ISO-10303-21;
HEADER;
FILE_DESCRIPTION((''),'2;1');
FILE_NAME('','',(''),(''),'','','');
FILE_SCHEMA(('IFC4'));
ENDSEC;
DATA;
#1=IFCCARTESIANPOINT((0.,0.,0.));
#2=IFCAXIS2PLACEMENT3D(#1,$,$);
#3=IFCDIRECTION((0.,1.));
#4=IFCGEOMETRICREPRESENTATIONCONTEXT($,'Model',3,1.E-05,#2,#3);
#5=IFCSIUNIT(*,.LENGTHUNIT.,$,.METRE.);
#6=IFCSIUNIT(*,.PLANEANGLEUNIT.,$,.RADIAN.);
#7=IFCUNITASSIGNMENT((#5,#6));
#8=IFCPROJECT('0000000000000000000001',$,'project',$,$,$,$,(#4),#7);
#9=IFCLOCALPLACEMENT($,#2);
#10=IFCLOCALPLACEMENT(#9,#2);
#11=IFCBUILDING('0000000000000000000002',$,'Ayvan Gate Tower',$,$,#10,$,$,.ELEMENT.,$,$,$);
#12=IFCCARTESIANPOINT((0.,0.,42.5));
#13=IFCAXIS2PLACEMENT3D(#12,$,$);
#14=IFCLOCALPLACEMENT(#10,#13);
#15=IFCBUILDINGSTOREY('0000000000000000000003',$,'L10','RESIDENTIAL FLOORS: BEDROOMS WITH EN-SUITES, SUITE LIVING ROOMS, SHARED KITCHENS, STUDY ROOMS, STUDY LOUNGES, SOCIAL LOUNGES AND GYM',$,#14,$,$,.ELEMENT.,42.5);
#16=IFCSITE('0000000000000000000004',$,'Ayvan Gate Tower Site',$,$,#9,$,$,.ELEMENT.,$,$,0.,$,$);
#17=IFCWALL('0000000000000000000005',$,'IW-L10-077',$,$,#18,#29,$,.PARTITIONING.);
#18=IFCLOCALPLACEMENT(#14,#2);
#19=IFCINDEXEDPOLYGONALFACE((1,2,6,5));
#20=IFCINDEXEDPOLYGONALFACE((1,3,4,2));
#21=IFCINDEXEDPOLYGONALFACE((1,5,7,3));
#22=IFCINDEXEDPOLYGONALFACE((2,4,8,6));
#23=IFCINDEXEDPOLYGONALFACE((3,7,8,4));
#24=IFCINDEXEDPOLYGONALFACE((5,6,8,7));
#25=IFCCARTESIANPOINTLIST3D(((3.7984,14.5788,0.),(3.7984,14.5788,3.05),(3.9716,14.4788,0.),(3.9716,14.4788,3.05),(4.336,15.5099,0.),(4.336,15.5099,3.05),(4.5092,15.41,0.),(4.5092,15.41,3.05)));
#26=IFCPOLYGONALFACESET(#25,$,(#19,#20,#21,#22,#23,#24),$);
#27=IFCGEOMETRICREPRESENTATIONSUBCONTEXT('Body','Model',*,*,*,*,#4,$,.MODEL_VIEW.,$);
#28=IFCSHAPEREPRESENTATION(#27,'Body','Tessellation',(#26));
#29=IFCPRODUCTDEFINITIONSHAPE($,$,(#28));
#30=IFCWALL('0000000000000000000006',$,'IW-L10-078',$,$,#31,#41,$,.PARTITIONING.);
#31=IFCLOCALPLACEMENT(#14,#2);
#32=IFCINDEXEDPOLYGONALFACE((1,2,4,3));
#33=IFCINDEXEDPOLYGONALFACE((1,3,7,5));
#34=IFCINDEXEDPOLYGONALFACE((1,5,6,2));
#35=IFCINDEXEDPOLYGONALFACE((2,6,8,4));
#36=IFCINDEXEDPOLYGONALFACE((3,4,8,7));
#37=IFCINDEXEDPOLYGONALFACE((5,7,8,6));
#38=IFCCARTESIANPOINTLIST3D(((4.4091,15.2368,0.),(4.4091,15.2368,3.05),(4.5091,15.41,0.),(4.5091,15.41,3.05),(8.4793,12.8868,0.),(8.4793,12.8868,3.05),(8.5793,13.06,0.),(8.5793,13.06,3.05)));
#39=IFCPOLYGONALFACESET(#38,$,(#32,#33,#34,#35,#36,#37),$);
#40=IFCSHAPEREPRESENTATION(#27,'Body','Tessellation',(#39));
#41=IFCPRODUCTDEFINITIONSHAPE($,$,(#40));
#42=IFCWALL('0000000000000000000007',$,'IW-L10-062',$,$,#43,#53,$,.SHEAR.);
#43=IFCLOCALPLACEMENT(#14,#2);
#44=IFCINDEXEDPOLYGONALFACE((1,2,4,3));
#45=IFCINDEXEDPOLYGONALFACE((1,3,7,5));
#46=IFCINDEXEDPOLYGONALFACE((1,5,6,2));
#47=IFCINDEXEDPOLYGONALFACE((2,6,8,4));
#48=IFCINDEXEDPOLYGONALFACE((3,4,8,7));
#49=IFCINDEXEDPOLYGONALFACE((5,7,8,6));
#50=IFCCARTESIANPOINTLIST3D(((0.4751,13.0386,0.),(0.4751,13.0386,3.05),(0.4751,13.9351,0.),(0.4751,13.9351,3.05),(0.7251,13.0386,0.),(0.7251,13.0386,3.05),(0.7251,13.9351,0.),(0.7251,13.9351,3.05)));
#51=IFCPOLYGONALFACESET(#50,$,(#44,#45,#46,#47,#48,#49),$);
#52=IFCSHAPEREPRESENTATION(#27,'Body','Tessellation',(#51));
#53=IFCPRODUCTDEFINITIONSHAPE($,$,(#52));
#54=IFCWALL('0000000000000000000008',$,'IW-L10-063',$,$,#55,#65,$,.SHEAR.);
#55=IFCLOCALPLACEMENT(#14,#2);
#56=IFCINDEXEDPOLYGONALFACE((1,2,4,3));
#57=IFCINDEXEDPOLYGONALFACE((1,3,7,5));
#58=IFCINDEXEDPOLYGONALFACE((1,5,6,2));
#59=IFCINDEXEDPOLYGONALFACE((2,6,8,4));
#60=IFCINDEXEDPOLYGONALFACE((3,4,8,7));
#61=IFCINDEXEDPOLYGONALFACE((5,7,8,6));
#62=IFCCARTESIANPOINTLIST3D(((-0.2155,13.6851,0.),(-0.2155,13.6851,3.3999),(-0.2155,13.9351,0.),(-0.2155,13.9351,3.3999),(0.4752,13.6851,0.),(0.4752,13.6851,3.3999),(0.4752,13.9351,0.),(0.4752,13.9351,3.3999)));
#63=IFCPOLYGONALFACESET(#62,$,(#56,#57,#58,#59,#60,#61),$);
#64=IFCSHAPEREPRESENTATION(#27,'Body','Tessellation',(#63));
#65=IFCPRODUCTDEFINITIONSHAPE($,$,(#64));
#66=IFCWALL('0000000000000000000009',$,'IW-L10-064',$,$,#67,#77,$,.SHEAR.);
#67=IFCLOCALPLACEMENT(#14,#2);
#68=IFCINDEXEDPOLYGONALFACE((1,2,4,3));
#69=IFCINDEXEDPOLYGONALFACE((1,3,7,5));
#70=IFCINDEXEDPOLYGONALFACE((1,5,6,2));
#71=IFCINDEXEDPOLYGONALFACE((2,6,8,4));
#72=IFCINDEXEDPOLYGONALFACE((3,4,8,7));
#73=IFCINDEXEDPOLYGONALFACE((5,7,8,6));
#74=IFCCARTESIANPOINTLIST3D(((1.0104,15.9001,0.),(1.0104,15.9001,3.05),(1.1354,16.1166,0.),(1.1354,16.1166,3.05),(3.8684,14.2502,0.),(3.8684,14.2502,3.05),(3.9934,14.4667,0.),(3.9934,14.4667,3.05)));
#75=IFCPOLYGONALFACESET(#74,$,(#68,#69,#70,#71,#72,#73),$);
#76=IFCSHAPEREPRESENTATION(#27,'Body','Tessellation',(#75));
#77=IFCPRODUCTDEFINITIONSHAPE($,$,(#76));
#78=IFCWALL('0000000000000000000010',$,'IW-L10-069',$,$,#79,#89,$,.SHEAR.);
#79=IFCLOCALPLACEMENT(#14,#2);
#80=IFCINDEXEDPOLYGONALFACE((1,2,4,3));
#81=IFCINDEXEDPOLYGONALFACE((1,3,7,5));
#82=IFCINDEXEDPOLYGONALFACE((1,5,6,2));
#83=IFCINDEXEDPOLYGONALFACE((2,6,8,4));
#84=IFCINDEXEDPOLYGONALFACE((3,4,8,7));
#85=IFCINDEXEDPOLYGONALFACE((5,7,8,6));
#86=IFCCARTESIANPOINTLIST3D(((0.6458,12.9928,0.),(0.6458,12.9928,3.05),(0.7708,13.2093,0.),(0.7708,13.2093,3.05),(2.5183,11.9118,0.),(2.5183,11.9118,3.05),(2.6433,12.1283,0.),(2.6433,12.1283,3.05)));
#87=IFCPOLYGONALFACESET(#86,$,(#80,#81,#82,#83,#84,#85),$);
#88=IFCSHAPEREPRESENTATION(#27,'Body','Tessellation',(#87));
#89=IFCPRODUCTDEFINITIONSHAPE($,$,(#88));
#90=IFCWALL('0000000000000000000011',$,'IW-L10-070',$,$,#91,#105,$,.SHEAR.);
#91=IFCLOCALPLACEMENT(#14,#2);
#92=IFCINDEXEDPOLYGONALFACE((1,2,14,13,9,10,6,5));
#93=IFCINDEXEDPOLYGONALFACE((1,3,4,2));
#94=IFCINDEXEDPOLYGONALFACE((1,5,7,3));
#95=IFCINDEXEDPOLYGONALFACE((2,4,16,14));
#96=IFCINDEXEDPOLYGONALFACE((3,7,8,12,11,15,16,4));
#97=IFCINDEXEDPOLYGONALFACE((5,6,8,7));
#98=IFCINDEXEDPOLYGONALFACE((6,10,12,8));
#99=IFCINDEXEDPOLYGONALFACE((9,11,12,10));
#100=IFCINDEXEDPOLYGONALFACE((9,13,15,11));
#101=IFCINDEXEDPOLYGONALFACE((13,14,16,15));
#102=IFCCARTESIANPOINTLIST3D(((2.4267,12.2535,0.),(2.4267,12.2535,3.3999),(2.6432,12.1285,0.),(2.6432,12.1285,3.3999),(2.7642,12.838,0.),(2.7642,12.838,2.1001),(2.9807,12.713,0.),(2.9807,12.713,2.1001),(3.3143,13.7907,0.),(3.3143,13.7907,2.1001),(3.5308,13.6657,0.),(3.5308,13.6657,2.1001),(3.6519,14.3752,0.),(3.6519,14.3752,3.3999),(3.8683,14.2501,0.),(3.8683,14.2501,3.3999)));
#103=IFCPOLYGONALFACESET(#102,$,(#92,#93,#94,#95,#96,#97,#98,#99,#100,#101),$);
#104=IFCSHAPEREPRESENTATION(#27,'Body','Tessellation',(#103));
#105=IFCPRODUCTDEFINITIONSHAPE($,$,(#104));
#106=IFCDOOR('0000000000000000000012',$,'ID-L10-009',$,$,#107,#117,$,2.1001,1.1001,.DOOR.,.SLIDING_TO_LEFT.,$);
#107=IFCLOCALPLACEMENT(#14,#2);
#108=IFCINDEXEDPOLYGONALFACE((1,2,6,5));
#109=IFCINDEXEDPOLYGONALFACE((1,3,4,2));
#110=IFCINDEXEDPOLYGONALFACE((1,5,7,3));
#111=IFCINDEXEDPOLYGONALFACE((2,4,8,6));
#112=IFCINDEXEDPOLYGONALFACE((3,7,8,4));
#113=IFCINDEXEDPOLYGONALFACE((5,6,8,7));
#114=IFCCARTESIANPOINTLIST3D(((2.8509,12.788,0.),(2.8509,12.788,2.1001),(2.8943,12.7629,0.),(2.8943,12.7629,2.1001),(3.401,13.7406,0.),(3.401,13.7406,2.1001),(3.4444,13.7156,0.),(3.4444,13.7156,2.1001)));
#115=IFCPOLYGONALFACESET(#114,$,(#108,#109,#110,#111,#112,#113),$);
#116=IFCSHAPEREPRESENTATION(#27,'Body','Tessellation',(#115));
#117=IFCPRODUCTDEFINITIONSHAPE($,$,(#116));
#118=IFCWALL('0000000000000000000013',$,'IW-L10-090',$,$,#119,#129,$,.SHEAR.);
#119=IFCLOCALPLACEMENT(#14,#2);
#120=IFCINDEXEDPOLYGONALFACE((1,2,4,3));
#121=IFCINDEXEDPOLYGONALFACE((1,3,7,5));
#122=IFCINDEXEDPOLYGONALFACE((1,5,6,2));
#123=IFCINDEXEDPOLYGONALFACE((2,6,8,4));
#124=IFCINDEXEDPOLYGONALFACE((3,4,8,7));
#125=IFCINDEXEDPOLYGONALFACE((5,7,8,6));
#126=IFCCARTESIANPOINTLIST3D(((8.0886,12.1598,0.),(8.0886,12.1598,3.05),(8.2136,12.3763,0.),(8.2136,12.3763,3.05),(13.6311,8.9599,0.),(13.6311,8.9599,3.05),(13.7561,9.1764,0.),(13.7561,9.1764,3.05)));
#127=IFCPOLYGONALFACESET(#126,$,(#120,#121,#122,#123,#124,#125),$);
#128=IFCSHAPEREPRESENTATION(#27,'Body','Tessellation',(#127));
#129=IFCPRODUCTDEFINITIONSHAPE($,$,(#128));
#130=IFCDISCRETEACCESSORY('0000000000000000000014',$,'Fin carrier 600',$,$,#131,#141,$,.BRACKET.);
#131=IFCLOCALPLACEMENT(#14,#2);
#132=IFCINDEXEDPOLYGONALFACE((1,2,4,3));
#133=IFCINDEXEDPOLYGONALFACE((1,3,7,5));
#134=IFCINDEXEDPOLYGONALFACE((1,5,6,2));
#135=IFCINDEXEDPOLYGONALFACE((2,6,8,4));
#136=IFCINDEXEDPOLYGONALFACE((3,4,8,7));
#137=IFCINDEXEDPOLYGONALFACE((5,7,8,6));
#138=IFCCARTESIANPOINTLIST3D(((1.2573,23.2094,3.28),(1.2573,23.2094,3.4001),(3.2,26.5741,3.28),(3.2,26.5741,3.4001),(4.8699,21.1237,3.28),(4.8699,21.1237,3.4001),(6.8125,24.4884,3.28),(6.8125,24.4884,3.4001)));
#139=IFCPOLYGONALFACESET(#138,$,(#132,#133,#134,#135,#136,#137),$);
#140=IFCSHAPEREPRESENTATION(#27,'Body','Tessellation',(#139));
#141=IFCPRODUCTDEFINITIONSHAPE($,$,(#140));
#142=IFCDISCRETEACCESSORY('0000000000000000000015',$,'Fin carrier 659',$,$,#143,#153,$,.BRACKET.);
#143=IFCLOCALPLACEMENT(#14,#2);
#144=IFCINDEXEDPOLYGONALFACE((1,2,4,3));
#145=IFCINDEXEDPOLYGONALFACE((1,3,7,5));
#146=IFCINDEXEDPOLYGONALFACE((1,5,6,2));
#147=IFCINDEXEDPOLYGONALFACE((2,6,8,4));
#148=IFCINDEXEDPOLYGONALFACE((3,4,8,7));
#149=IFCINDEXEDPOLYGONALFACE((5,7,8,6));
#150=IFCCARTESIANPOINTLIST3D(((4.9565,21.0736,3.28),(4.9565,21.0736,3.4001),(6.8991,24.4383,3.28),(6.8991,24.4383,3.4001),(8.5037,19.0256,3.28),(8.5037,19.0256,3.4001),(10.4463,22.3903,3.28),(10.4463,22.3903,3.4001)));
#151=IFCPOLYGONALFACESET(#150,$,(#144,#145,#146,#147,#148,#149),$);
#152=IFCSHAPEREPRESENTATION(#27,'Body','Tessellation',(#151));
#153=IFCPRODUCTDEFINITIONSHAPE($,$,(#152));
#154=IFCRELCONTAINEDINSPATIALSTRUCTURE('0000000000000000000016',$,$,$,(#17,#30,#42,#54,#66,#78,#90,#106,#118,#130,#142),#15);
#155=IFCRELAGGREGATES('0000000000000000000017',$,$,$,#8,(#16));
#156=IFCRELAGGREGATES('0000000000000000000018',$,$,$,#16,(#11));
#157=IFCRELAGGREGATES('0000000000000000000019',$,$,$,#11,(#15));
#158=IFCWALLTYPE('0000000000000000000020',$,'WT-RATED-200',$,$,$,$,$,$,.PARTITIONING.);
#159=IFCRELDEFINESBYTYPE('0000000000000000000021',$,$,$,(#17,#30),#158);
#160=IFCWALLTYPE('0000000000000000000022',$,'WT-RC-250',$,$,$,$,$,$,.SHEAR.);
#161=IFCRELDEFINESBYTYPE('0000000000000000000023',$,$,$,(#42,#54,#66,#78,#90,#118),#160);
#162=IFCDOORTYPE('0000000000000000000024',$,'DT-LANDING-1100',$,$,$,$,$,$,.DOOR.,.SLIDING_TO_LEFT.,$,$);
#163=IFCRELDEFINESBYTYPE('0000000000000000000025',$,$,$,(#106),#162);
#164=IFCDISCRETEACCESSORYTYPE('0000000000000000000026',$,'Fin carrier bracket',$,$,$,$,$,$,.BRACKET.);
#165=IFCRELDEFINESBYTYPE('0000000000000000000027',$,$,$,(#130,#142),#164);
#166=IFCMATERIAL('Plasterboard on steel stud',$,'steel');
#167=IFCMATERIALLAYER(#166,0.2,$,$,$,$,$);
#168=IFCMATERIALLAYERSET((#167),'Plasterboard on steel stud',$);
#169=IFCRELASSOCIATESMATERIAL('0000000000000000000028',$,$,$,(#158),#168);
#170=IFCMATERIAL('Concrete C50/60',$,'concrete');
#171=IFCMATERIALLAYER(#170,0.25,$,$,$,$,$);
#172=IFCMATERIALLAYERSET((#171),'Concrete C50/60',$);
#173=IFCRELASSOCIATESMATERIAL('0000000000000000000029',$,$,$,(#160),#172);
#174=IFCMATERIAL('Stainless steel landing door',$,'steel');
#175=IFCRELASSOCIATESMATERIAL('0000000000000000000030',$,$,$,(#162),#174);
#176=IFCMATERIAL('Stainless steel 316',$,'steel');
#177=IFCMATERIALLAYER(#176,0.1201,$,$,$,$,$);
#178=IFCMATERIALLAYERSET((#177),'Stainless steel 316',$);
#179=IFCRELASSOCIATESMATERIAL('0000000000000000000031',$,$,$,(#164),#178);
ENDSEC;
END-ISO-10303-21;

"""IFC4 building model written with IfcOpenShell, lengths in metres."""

from ifc_helpers import new_model, si_unit, direction, frame, frame_2d, origin, origin_2d, place, context, subcontext, project, spatial, rectangle, extrude, material, layer, layer_set, type_object, element, fill, save


model = new_model("IFC4")

# Units and contexts
model_context = context("Model", 3, precision=1e-05, world=origin(), true_north=direction((0.0, 1.0)))
body_context = subcontext(model_context, "Body", "Model", "MODEL_VIEW")
ifc_project = project(units=[si_unit("LENGTHUNIT", "METRE"), si_unit("PLANEANGLEUNIT", "RADIAN")], contexts=[model_context])

# Site, building, storey
site_placement = place(None, origin())
site = spatial("IfcSite", under=ifc_project, at=site_placement, Name="Ayvan Gate Tower Site", CompositionType="ELEMENT", RefElevation=0.0)
building_placement = place(site_placement, origin())
building = spatial("IfcBuilding", under=site, at=building_placement, Name="Ayvan Gate Tower", CompositionType="ELEMENT")
storey_placement = place(building_placement, frame((0.0, 0.0, 42.5)))
storey = spatial("IfcBuildingStorey", under=building, at=storey_placement, Name="L10", Description="RESIDENTIAL FLOORS: BEDROOMS WITH EN-SUITES, SUITE LIVING ROOMS, SHARED KITCHENS, STUDY ROOMS, STUDY LOUNGES, SOCIAL LOUNGES AND GYM", CompositionType="ELEMENT", Elevation=42.5)

# Walls
ifc_material_1 = material(Name="Plasterboard on steel stud", Category="steel")
ifc_layer_1 = layer(ifc_material_1, 0.2)
ifc_layer_set_1 = layer_set([ifc_layer_1], Name="Plasterboard on steel stud")
wall_type_1 = type_object("IfcWallType", Name="WT-RATED-200", PredefinedType="PARTITIONING", material=ifc_layer_set_1)
wall_1_placement = place(storey_placement, frame((3.885, 14.5288, 0.0), z_axis=(0.0, 0.0, 1.0), x_axis=(0.499998, 0.866027, 0.0)))
element("IfcWall", 1, at=wall_1_placement, inside=storey, type_object=wall_type_1, Name="IW-L10-077", PredefinedType="PARTITIONING", context=body_context, shape_type="SweptSolid", body=[
    extrude(rectangle(XDim=1.0752, YDim=0.2, at=frame_2d((0.5376, 0.0))), origin(), (0.0, 0.0, 1.0), 3.05),
])
wall_2_placement = place(storey_placement, frame((4.459, 15.3235, 0.0), z_axis=(0.0, 0.0, 1.0), x_axis=(0.866016, -0.500016, 0.0)))
element("IfcWall", 2, at=wall_2_placement, inside=storey, type_object=wall_type_1, Name="IW-L10-078", PredefinedType="PARTITIONING", context=body_context, shape_type="SweptSolid", body=[
    extrude(rectangle(XDim=4.7, YDim=0.2, at=frame_2d((2.3501, 0.0))), origin(), (0.0, 0.0, 1.0), 3.05),
])
ifc_material_2 = material(Name="Concrete C50/60", Category="concrete")
ifc_layer_2 = layer(ifc_material_2, 0.25)
ifc_layer_set_2 = layer_set([ifc_layer_2], Name="Concrete C50/60")
wall_type_2 = type_object("IfcWallType", Name="WT-RC-250", PredefinedType="SHEAR", material=ifc_layer_set_2)
wall_3_placement = place(storey_placement, frame((0.6001, 13.0386, 0.0), z_axis=(0.0, 0.0, 1.0), x_axis=(0.0, 1.0, 0.0)))
element("IfcWall", 3, at=wall_3_placement, inside=storey, type_object=wall_type_2, Name="IW-L10-062", PredefinedType="SHEAR", context=body_context, shape_type="SweptSolid", body=[
    extrude(rectangle(XDim=0.8965, YDim=0.25, at=frame_2d((0.4482, 0.0))), origin(), (0.0, 0.0, 1.0), 3.05),
])
wall_4_placement = place(storey_placement, frame((0.4751, 13.8101, 0.0), z_axis=(0.0, 0.0, 1.0), x_axis=(-1.0, 0.0, 0.0)))
element("IfcWall", 4, at=wall_4_placement, inside=storey, type_object=wall_type_2, Name="IW-L10-063", PredefinedType="SHEAR", context=body_context, shape_type="SweptSolid", body=[
    extrude(rectangle(XDim=0.6907, YDim=0.25, at=frame_2d((0.3452, 0.0))), origin(), (0.0, 0.0, 1.0), 3.3999),
])
wall_5_placement = place(storey_placement, frame((1.073, 16.0083, 0.0), z_axis=(0.0, 0.0, 1.0), x_axis=(0.86604, -0.499974, 0.0)))
element("IfcWall", 5, at=wall_5_placement, inside=storey, type_object=wall_type_2, Name="IW-L10-064", PredefinedType="SHEAR", context=body_context, shape_type="SweptSolid", body=[
    extrude(rectangle(XDim=3.3, YDim=0.25, at=frame_2d((1.6499, 0.0))), origin(), (0.0, 0.0, 1.0), 3.05),
])
wall_6_placement = place(storey_placement, frame((2.5808, 12.02, 0.0), z_axis=(0.0, 0.0, 1.0), x_axis=(-0.866039, 0.499977, 0.0)))
element("IfcWall", 6, at=wall_6_placement, inside=storey, type_object=wall_type_2, Name="IW-L10-069", PredefinedType="SHEAR", context=body_context, shape_type="SweptSolid", body=[
    extrude(rectangle(XDim=2.1621, YDim=0.25, at=frame_2d((1.0811, 0.0))), origin(), (0.0, 0.0, 1.0), 3.05),
])

# Wall, opening, door
wall_7_placement = place(storey_placement, frame((2.5349, 12.1909, 0.0), z_axis=(0.0, 0.0, 1.0), x_axis=(0.500062, 0.86599, 0.0)))
wall_7 = element("IfcWall", 7, at=wall_7_placement, inside=storey, type_object=wall_type_2, Name="IW-L10-070", PredefinedType="SHEAR", context=body_context, shape_type="SweptSolid", body=[
    extrude(rectangle(XDim=2.45, YDim=0.25, at=frame_2d((1.2251, 0.0))), origin(), (0.0, 0.0, 1.0), 3.3999),
])
opening_placement = place(wall_7_placement, frame((0.675, 0.0, 0.0)))
opening = element("IfcOpeningElement", 8, at=opening_placement, cuts=wall_7, PredefinedType="OPENING", context=body_context, shape_type="SweptSolid", body=[
    extrude(rectangle(XDim=1.1001, YDim=2.1001, at=frame_2d((0.55, 1.05))), frame((0.0, 0.135, 0.0), z_axis=(0.0, -1.0, 0.0), x_axis=(1.0, 0.0, 0.0)), (0.0, 0.0, 1.0), 0.27),
])
ifc_material_3 = material(Name="Stainless steel landing door", Category="steel")
door_type = type_object("IfcDoorType", Name="DT-LANDING-1100", OperationType="SLIDING_TO_LEFT", PredefinedType="DOOR", material=ifc_material_3)
door_placement = place(opening_placement, origin())
door = element("IfcDoor", 9, at=door_placement, inside=storey, type_object=door_type, Name="ID-L10-009", OperationType="SLIDING_TO_LEFT", OverallHeight=2.1001, OverallWidth=1.1001, PredefinedType="DOOR", context=body_context, shape_type="SweptSolid", body=[
    extrude(rectangle(XDim=1.1001, YDim=2.1001, at=frame_2d((0.55, 1.05))), frame((0.0, 0.0249, 0.0), z_axis=(0.0, -1.0, 0.0), x_axis=(1.0, 0.0, 0.0)), (0.0, 0.0, 1.0), 0.05),
])
fill(opening, door)

# Wall
wall_8_placement = place(storey_placement, frame((8.1511, 12.2681, 0.0), z_axis=(0.0, 0.0, 1.0), x_axis=(0.866025, -0.5, 0.0)))
element("IfcWall", 10, at=wall_8_placement, inside=storey, type_object=wall_type_2, Name="IW-L10-090", PredefinedType="SHEAR", context=body_context, shape_type="SweptSolid", body=[
    extrude(rectangle(XDim=6.3999, YDim=0.25, at=frame_2d((3.2, 0.0))), origin(), (0.0, 0.0, 1.0), 3.05),
])

# Discrete accessories
ifc_material_4 = material(Name="Stainless steel 316", Category="steel")
ifc_layer_3 = layer(ifc_material_4, 0.1201)
ifc_layer_set_3 = layer_set([ifc_layer_3], Name="Stainless steel 316")
discrete_accessory_type = type_object("IfcDiscreteAccessoryType", Name="Fin carrier bracket", PredefinedType="BRACKET", material=ifc_layer_set_3)
discrete_accessory_1_placement = place(storey_placement, frame((4.0349, 23.8489, 3.28), z_axis=(0.0, 0.0, 1.0), x_axis=(-0.866025, 0.5, 0.0)))
element("IfcDiscreteAccessory", 11, at=discrete_accessory_1_placement, inside=storey, type_object=discrete_accessory_type, Name="Fin carrier 600", PredefinedType="BRACKET", context=body_context, shape_type="SweptSolid", body=[
    extrude(rectangle(XDim=4.1714, YDim=3.8853, at=origin_2d()), origin(), (0.0, 0.0, 1.0), 0.1201),
])
discrete_accessory_2_placement = place(storey_placement, frame((7.7014, 21.7319, 3.28), z_axis=(0.0, 0.0, 1.0), x_axis=(-0.866025, 0.5, 0.0)))
element("IfcDiscreteAccessory", 12, at=discrete_accessory_2_placement, inside=storey, type_object=discrete_accessory_type, Name="Fin carrier 659", PredefinedType="BRACKET", context=body_context, shape_type="SweptSolid", body=[
    extrude(rectangle(XDim=4.0959, YDim=3.8853, at=origin_2d()), origin(), (0.0, 0.0, 1.0), 0.1201),
])

save(model, "model.ifc")
